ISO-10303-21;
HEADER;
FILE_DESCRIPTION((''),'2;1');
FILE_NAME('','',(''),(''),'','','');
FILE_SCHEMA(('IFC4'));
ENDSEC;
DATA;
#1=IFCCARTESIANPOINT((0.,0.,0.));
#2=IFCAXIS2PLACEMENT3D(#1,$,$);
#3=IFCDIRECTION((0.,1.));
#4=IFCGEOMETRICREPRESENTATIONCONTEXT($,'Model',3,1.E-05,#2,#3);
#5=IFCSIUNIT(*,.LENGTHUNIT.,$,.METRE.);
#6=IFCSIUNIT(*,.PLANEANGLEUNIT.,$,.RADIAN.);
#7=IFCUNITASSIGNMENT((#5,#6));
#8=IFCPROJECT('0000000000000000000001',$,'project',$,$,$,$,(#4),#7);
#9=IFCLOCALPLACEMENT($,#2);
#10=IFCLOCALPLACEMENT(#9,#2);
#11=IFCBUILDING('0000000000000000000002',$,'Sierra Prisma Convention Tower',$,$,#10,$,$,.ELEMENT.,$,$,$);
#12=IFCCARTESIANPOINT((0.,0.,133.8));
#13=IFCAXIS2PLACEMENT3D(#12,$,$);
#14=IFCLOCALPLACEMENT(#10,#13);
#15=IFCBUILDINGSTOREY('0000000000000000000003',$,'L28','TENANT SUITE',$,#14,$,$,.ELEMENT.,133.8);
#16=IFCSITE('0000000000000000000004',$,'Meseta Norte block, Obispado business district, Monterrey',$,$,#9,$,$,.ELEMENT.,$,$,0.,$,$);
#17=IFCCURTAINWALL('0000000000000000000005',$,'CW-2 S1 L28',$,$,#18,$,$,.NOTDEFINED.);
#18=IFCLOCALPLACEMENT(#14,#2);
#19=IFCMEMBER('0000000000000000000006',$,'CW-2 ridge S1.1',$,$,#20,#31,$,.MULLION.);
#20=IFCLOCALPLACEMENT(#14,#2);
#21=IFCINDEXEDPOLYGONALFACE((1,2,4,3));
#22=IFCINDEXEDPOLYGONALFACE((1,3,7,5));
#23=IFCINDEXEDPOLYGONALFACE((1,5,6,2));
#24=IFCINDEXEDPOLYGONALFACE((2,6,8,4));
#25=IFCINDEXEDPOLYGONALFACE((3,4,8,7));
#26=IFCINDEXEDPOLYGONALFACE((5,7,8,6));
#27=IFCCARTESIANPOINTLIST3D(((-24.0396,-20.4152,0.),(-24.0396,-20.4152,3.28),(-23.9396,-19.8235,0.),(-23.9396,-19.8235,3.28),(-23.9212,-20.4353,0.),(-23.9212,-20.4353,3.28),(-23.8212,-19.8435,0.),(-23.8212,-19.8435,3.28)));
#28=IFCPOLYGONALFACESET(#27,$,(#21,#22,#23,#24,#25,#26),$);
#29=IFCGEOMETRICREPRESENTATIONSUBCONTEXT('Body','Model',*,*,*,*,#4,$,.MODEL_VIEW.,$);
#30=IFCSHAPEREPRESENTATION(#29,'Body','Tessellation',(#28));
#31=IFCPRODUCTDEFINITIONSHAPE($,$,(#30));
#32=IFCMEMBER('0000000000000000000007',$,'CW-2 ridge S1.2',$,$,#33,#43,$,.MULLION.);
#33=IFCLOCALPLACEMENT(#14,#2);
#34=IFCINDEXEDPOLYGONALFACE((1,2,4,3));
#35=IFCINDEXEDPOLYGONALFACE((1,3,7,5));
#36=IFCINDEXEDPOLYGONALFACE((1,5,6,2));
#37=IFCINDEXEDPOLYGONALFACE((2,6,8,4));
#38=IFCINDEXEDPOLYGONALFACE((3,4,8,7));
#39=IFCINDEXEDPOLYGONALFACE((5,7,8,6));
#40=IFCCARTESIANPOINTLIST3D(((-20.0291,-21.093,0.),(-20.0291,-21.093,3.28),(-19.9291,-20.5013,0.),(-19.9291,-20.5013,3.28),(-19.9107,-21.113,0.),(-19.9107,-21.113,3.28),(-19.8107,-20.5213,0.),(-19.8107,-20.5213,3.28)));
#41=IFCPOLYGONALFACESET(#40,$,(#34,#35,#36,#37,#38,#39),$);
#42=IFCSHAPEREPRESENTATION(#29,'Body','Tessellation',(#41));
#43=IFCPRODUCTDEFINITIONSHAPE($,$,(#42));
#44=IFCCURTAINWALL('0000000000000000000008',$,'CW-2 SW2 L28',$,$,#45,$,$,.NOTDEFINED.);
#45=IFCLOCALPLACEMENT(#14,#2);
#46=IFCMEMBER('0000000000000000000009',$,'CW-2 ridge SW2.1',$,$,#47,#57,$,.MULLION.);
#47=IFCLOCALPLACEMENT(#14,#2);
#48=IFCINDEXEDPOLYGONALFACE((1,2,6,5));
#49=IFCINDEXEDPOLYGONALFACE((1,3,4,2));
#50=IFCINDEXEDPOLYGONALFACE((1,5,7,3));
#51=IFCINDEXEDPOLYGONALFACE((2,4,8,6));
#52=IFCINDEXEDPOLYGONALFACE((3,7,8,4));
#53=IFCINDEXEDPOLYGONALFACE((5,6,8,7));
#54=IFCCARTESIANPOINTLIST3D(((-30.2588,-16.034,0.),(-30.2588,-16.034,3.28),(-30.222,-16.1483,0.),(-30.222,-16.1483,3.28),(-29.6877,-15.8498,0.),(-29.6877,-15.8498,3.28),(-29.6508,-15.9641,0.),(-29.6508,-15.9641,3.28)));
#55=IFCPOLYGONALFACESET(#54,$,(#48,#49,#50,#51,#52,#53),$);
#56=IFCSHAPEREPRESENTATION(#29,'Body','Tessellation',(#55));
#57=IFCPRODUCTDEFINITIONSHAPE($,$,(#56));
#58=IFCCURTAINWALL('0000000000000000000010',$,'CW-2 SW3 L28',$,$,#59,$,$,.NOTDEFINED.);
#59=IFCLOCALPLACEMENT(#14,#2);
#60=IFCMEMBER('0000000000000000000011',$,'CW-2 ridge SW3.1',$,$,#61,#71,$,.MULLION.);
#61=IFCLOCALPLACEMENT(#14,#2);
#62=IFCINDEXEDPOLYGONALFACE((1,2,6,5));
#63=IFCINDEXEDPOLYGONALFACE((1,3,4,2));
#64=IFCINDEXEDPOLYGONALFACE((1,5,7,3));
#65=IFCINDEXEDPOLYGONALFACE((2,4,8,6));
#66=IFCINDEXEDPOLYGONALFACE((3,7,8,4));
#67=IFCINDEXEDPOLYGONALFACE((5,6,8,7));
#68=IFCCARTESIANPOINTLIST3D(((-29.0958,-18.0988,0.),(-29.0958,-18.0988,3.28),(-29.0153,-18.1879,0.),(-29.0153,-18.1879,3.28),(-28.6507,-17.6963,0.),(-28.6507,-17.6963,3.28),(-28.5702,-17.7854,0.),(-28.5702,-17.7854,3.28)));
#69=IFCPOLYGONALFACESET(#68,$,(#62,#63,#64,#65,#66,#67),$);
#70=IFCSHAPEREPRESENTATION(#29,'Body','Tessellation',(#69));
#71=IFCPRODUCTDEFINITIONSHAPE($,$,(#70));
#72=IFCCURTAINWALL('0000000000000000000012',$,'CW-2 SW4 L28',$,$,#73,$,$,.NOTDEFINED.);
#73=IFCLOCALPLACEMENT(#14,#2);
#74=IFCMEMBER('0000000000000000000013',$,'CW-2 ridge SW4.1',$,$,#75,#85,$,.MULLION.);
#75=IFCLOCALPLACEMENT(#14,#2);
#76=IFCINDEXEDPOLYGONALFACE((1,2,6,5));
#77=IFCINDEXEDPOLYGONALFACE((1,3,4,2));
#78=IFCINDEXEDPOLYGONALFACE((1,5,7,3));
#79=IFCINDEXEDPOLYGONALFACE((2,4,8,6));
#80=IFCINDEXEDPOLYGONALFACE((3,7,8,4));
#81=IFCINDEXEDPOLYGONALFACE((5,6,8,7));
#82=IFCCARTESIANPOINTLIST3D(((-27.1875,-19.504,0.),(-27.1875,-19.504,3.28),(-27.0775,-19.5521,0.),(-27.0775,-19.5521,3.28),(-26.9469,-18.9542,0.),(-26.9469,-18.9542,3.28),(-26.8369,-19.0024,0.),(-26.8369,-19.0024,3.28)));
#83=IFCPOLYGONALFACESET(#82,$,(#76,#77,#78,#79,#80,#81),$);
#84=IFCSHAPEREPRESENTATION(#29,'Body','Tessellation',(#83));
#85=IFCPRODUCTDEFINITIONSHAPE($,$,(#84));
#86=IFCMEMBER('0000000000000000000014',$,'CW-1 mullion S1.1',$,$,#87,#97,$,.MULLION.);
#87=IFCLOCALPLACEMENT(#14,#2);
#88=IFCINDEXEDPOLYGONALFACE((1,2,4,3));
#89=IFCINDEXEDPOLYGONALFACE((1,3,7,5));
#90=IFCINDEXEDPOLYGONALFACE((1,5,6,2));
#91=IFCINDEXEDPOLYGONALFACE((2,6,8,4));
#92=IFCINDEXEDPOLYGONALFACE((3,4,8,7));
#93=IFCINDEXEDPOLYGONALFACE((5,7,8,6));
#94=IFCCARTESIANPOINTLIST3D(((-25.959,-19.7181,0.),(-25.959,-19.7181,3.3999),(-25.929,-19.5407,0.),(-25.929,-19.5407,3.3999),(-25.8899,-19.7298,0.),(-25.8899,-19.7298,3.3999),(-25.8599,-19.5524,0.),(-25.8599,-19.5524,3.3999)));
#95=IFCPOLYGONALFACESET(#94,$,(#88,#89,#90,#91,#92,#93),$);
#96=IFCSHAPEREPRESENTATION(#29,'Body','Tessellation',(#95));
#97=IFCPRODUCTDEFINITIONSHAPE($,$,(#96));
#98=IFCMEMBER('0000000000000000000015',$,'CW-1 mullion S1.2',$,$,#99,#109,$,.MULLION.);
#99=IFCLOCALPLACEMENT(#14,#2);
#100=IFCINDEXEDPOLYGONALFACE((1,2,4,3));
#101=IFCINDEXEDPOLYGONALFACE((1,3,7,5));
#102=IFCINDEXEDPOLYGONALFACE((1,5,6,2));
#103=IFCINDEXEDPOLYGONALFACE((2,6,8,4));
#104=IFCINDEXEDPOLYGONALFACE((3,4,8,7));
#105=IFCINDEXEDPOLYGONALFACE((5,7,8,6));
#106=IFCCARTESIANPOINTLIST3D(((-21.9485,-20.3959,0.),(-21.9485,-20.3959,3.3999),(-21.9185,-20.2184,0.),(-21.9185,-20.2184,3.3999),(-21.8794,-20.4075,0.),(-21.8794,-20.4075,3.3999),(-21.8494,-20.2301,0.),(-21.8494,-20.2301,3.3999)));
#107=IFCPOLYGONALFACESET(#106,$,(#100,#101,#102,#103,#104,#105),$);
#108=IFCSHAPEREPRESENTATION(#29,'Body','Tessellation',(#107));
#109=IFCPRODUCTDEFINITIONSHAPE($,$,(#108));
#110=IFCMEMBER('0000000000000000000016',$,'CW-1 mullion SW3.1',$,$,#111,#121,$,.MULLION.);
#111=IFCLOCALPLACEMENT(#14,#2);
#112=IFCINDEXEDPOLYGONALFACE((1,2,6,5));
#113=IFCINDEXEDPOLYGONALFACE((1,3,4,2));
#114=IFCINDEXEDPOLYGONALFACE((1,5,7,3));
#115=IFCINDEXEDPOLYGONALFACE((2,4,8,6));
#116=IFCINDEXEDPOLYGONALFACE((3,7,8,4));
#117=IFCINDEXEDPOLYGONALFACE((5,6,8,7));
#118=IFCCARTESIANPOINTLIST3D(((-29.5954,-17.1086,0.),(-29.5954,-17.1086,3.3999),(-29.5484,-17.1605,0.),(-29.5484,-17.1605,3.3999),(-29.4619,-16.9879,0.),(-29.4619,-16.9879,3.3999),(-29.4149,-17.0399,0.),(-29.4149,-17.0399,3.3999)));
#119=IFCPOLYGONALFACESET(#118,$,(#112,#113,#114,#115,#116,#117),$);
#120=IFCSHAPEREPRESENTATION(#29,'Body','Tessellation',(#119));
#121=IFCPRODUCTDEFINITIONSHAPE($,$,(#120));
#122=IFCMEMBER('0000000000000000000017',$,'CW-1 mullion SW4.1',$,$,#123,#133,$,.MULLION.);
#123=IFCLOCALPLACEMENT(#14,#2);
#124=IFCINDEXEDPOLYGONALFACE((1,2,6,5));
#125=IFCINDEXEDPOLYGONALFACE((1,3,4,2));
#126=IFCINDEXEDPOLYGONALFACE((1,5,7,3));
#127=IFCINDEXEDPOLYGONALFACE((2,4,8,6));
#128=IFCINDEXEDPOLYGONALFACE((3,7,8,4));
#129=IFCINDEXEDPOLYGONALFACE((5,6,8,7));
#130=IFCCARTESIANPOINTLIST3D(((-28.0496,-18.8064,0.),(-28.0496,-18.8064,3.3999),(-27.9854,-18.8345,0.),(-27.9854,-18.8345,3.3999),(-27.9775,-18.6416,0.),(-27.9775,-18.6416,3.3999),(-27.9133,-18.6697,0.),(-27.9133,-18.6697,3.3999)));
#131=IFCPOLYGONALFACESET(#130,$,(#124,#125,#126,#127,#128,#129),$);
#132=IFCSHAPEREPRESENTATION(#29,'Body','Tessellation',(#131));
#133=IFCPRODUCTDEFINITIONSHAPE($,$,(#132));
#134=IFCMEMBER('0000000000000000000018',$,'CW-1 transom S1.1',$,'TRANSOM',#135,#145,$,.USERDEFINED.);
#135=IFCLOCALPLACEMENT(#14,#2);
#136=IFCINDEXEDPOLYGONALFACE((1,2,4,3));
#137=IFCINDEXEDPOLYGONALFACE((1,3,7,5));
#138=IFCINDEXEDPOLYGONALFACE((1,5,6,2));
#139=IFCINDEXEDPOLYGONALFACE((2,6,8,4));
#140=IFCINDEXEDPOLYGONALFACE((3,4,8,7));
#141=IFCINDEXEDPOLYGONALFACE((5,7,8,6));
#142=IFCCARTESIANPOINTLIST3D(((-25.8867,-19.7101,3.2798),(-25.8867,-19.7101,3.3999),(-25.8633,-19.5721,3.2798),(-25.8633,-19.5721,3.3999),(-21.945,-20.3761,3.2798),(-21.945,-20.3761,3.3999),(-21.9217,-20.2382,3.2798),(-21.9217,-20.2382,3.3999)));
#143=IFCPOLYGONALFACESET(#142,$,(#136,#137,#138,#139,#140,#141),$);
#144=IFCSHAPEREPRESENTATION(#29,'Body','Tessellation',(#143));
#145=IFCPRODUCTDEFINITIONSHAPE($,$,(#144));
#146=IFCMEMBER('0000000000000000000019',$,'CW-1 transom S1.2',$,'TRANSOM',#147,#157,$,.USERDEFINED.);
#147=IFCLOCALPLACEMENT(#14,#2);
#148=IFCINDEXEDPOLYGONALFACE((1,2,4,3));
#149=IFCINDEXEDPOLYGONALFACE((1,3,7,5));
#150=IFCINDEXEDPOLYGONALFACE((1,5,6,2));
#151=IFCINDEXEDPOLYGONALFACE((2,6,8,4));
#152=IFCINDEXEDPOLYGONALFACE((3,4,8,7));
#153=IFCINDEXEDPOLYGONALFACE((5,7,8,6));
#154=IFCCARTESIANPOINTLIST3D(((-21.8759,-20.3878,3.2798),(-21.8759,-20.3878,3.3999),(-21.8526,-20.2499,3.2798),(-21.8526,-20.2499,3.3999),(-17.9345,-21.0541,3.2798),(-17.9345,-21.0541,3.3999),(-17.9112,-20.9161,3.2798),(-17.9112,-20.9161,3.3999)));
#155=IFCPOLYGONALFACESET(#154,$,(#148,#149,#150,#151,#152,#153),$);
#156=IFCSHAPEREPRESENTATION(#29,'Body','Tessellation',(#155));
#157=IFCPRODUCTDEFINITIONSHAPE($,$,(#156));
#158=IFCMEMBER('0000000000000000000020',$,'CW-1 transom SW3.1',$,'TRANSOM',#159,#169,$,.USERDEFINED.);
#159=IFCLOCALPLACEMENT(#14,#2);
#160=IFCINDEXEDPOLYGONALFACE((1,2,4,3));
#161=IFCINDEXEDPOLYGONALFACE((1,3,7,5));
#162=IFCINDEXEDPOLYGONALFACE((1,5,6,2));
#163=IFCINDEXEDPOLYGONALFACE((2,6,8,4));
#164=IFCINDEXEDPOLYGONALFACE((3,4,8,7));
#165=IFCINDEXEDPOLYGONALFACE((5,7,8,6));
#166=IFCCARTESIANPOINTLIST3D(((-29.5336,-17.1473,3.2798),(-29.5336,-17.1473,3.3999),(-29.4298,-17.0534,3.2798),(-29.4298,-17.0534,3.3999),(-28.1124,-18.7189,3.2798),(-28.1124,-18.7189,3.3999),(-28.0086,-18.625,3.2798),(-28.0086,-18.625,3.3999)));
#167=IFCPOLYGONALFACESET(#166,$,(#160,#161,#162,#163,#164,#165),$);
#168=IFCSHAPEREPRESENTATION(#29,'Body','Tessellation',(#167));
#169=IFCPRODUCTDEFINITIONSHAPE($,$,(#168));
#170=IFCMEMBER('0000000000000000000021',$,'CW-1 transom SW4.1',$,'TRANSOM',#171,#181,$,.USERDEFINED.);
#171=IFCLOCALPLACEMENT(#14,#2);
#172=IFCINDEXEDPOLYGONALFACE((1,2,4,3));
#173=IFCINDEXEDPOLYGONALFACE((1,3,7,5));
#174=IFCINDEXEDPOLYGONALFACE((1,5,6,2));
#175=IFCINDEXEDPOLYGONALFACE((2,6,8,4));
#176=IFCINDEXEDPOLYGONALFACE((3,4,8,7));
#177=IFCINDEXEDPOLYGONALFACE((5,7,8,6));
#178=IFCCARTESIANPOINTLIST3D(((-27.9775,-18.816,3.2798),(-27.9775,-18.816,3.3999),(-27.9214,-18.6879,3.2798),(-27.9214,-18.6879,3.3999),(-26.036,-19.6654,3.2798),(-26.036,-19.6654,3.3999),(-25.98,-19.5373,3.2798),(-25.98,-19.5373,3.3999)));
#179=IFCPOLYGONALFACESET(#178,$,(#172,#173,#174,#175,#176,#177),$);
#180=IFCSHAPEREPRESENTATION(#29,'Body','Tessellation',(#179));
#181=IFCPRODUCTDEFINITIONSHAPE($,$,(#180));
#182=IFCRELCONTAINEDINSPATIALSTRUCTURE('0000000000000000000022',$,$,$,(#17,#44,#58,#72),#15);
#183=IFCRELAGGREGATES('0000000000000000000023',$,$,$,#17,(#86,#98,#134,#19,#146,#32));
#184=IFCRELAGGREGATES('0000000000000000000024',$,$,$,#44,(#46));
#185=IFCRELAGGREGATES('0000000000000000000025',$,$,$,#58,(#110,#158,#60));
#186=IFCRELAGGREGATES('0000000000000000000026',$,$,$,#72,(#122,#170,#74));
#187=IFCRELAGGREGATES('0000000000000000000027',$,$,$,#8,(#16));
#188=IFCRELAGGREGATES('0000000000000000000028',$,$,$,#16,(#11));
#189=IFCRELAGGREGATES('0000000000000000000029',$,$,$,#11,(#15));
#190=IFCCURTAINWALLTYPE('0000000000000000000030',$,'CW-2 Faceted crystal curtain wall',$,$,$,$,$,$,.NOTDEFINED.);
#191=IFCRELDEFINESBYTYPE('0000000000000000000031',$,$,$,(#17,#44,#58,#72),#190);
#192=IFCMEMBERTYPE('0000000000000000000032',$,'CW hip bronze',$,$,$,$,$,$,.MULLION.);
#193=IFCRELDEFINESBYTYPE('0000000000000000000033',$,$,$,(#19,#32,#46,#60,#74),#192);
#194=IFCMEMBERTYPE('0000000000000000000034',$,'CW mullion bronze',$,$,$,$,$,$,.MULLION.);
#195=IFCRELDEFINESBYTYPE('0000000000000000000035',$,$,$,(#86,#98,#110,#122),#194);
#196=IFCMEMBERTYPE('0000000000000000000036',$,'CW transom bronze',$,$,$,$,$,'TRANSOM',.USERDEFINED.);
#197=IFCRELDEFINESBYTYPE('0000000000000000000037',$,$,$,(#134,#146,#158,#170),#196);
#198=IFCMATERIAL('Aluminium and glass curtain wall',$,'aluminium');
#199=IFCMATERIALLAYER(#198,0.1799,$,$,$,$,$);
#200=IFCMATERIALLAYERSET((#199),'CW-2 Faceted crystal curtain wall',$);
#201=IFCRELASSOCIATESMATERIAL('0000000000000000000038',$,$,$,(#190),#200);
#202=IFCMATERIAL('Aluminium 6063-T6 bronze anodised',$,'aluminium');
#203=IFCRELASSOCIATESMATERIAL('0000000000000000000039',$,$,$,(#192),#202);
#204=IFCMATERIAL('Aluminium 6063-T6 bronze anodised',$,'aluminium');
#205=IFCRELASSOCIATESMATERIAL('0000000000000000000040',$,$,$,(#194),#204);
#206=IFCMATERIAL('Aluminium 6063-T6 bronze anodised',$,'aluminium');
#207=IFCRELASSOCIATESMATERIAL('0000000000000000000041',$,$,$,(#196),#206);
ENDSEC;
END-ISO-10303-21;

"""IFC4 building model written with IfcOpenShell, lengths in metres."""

from ifc_helpers import new_model, si_unit, direction, frame, origin, origin_2d, place, context, subcontext, project, spatial, rectangle, extrude, material, layer, layer_set, material_profile, profile_set, type_object, element, aggregate, save


model = new_model("IFC4")

# Units and contexts
model_context = context("Model", 3, precision=1e-05, world=origin(), true_north=direction((0.0, 1.0)))
body_context = subcontext(model_context, "Body", "Model", "MODEL_VIEW")
ifc_project = project(units=[si_unit("LENGTHUNIT", "METRE"), si_unit("PLANEANGLEUNIT", "RADIAN")], contexts=[model_context])

# Site, building, storey
site_placement = place(None, origin())
site = spatial("IfcSite", under=ifc_project, at=site_placement, Name="Meseta Norte block, Obispado business district, Monterrey", CompositionType="ELEMENT", RefElevation=0.0)
building_placement = place(site_placement, origin())
building = spatial("IfcBuilding", under=site, at=building_placement, Name="Sierra Prisma Convention Tower", CompositionType="ELEMENT")
storey_placement = place(building_placement, frame((0.0, 0.0, 133.8)))
storey = spatial("IfcBuildingStorey", under=building, at=storey_placement, Name="L28", Description="TENANT SUITE", CompositionType="ELEMENT", Elevation=133.8)

# Curtain wall, members
ifc_material_1 = material(Name="Aluminium and glass curtain wall", Category="aluminium")
ifc_layer_1 = layer(ifc_material_1, 0.1799)
ifc_layer_set_1 = layer_set([ifc_layer_1], Name="CW-2 Faceted crystal curtain wall")
curtain_wall_type = type_object("IfcCurtainWallType", Name="CW-2 Faceted crystal curtain wall", PredefinedType="NOTDEFINED", material=ifc_layer_set_1)
curtain_wall_1_placement = place(storey_placement, origin())
curtain_wall_1 = element("IfcCurtainWall", 1, at=curtain_wall_1_placement, inside=storey, type_object=curtain_wall_type, Name="CW-2 S1 L28", PredefinedType="NOTDEFINED")
ifc_material_2 = material(Name="Aluminium 6063-T6 bronze anodised", Category="aluminium")
ifc_material_profile_1 = material_profile(ifc_material_2, rectangle(XDim=0.1201, YDim=0.6001, at=origin_2d()), Name="ALU RIDGE BLADE 120x600")
ifc_profile_set_1 = profile_set([ifc_material_profile_1], Name="Aluminium 6063-T6 bronze anodised")
member_type_1 = type_object("IfcMemberType", Name="CW hip bronze", PredefinedType="MULLION", material=ifc_profile_set_1)
member_1_placement = place(storey_placement, frame((-23.9304, -20.1294, 0.0), z_axis=(0.0, 0.0, 1.0), x_axis=(0.986019, -0.166632, 0.0)))
member_1 = element("IfcMember", 2, at=member_1_placement, type_object=member_type_1, Name="CW-2 ridge S1.1", PredefinedType="MULLION", context=body_context, shape_type="SweptSolid", body=[
    extrude(rectangle(XDim=0.1201, YDim=0.6001, at=origin_2d()), origin(), (0.0, 0.0, 1.0), 3.28),
])
member_2_placement = place(storey_placement, frame((-19.9199, -20.8071, 0.0), z_axis=(0.0, 0.0, 1.0), x_axis=(0.986019, -0.166632, 0.0)))
member_2 = element("IfcMember", 3, at=member_2_placement, type_object=member_type_1, Name="CW-2 ridge S1.2", PredefinedType="MULLION", context=body_context, shape_type="SweptSolid", body=[
    extrude(rectangle(XDim=0.1201, YDim=0.6001, at=origin_2d()), origin(), (0.0, 0.0, 1.0), 3.28),
])

# Curtain walls, members
curtain_wall_2_placement = place(storey_placement, origin())
curtain_wall_2 = element("IfcCurtainWall", 4, at=curtain_wall_2_placement, inside=storey, type_object=curtain_wall_type, Name="CW-2 SW2 L28", PredefinedType="NOTDEFINED")
member_3_placement = place(storey_placement, frame((-29.9548, -15.999, 0.0), z_axis=(0.0, 0.0, 1.0), x_axis=(0.306985, -0.951714, 0.0)))
member_3 = element("IfcMember", 5, at=member_3_placement, type_object=member_type_1, Name="CW-2 ridge SW2.1", PredefinedType="MULLION", context=body_context, shape_type="SweptSolid", body=[
    extrude(rectangle(XDim=0.1201, YDim=0.6001, at=origin_2d()), origin(), (0.0, 0.0, 1.0), 3.28),
])
curtain_wall_3_placement = place(storey_placement, origin())
curtain_wall_3 = element("IfcCurtainWall", 6, at=curtain_wall_3_placement, inside=storey, type_object=curtain_wall_type, Name="CW-2 SW3 L28", PredefinedType="NOTDEFINED")
member_4_placement = place(storey_placement, frame((-28.833, -17.9421, 0.0), z_axis=(0.0, 0.0, 1.0), x_axis=(0.670717, -0.741714, 0.0)))
member_4 = element("IfcMember", 7, at=member_4_placement, type_object=member_type_1, Name="CW-2 ridge SW3.1", PredefinedType="MULLION", context=body_context, shape_type="SweptSolid", body=[
    extrude(rectangle(XDim=0.1201, YDim=0.6001, at=origin_2d()), origin(), (0.0, 0.0, 1.0), 3.28),
])
curtain_wall_4_placement = place(storey_placement, origin())
curtain_wall_4 = element("IfcCurtainWall", 8, at=curtain_wall_4_placement, inside=storey, type_object=curtain_wall_type, Name="CW-2 SW4 L28", PredefinedType="NOTDEFINED")
member_5_placement = place(storey_placement, frame((-27.0122, -19.2532, 0.0), z_axis=(0.0, 0.0, 1.0), x_axis=(0.916133, -0.400874, 0.0)))
member_5 = element("IfcMember", 9, at=member_5_placement, type_object=member_type_1, Name="CW-2 ridge SW4.1", PredefinedType="MULLION", context=body_context, shape_type="SweptSolid", body=[
    extrude(rectangle(XDim=0.1201, YDim=0.6001, at=origin_2d()), origin(), (0.0, 0.0, 1.0), 3.28),
])

# Members
ifc_material_3 = material(Name="Aluminium 6063-T6 bronze anodised", Category="aluminium")
ifc_material_profile_2 = material_profile(ifc_material_3, rectangle(XDim=0.1799, YDim=0.0701, at=origin_2d()), Name="ALU MULLION 70x180")
ifc_profile_set_2 = profile_set([ifc_material_profile_2], Name="Aluminium 6063-T6 bronze anodised")
member_type_2 = type_object("IfcMemberType", Name="CW mullion bronze", PredefinedType="MULLION", material=ifc_profile_set_2)
member_6_placement = place(storey_placement, frame((-25.9094, -19.6353, 0.0), z_axis=(0.0, 0.0, 1.0), x_axis=(0.166632, 0.986019, 0.0)))
member_6 = element("IfcMember", 10, at=member_6_placement, type_object=member_type_2, Name="CW-1 mullion S1.1", PredefinedType="MULLION", context=body_context, shape_type="SweptSolid", body=[
    extrude(rectangle(XDim=0.1799, YDim=0.0701, at=origin_2d()), origin(), (0.0, 0.0, 1.0), 3.3999),
])
member_7_placement = place(storey_placement, frame((-21.8989, -20.313, 0.0), z_axis=(0.0, 0.0, 1.0), x_axis=(0.166632, 0.986019, 0.0)))
member_7 = element("IfcMember", 11, at=member_7_placement, type_object=member_type_2, Name="CW-1 mullion S1.2", PredefinedType="MULLION", context=body_context, shape_type="SweptSolid", body=[
    extrude(rectangle(XDim=0.1799, YDim=0.0701, at=origin_2d()), origin(), (0.0, 0.0, 1.0), 3.3999),
])
member_8_placement = place(storey_placement, frame((-29.5051, -17.0742, 0.0), z_axis=(0.0, 0.0, 1.0), x_axis=(0.741714, 0.670717, 0.0)))
member_8 = element("IfcMember", 12, at=member_8_placement, type_object=member_type_2, Name="CW-1 mullion SW3.1", PredefinedType="MULLION", context=body_context, shape_type="SweptSolid", body=[
    extrude(rectangle(XDim=0.1799, YDim=0.0701, at=origin_2d()), origin(), (0.0, 0.0, 1.0), 3.3999),
])
member_9_placement = place(storey_placement, frame((-27.9814, -18.738, 0.0), z_axis=(0.0, 0.0, 1.0), x_axis=(0.400874, 0.916133, 0.0)))
member_9 = element("IfcMember", 13, at=member_9_placement, type_object=member_type_2, Name="CW-1 mullion SW4.1", PredefinedType="MULLION", context=body_context, shape_type="SweptSolid", body=[
    extrude(rectangle(XDim=0.1799, YDim=0.0701, at=origin_2d()), origin(), (0.0, 0.0, 1.0), 3.3999),
])
ifc_material_4 = material(Name="Aluminium 6063-T6 bronze anodised", Category="aluminium")
ifc_material_profile_3 = material_profile(ifc_material_4, rectangle(XDim=0.1399, YDim=0.1201, at=origin_2d()), Name="ALU TRANSOM 120x140")
ifc_profile_set_3 = profile_set([ifc_material_profile_3], Name="Aluminium 6063-T6 bronze anodised")
member_type_3 = type_object("IfcMemberType", Name="CW transom bronze", ElementType="TRANSOM", PredefinedType="USERDEFINED", material=ifc_profile_set_3)
member_10_placement = place(storey_placement, frame((-25.875, -19.6411, 3.3398), z_axis=(0.986023, -0.166607, 0.0), x_axis=(0.166607, 0.986023, 0.0)))
member_10 = element("IfcMember", 14, at=member_10_placement, type_object=member_type_3, Name="CW-1 transom S1.1", ObjectType="TRANSOM", PredefinedType="USERDEFINED", context=body_context, shape_type="SweptSolid", body=[
    extrude(rectangle(XDim=0.1399, YDim=0.1201, at=origin_2d()), origin(), (0.0, 0.0, 1.0), 3.9976),
])
member_11_placement = place(storey_placement, frame((-21.8643, -20.3188, 3.3398), z_axis=(0.986012, -0.166677, 0.0), x_axis=(0.166677, 0.986012, 0.0)))
member_11 = element("IfcMember", 15, at=member_11_placement, type_object=member_type_3, Name="CW-1 transom S1.2", ObjectType="TRANSOM", PredefinedType="USERDEFINED", context=body_context, shape_type="SweptSolid", body=[
    extrude(rectangle(XDim=0.1399, YDim=0.1201, at=origin_2d()), origin(), (0.0, 0.0, 1.0), 3.9973),
])
member_12_placement = place(storey_placement, frame((-29.4817, -17.1003, 3.3398), z_axis=(0.670726, -0.741705, 0.0), x_axis=(0.741705, 0.670726, 0.0)))
member_12 = element("IfcMember", 16, at=member_12_placement, type_object=member_type_3, Name="CW-1 transom SW3.1", ObjectType="TRANSOM", PredefinedType="USERDEFINED", context=body_context, shape_type="SweptSolid", body=[
    extrude(rectangle(XDim=0.1399, YDim=0.1201, at=origin_2d()), origin(), (0.0, 0.0, 1.0), 2.1189),
])
member_13_placement = place(storey_placement, frame((-27.9495, -18.752, 3.3398), z_axis=(0.916157, -0.400819, 0.0), x_axis=(0.400819, 0.916157, 0.0)))
member_13 = element("IfcMember", 17, at=member_13_placement, type_object=member_type_3, Name="CW-1 transom SW4.1", ObjectType="TRANSOM", PredefinedType="USERDEFINED", context=body_context, shape_type="SweptSolid", body=[
    extrude(rectangle(XDim=0.1399, YDim=0.1201, at=origin_2d()), origin(), (0.0, 0.0, 1.0), 2.1191),
])

aggregate(curtain_wall_1, [member_6, member_7, member_10, member_1, member_11, member_2])
aggregate(curtain_wall_2, [member_3])
aggregate(curtain_wall_3, [member_8, member_12, member_4])
aggregate(curtain_wall_4, [member_9, member_13, member_5])

save(model, "model.ifc")
